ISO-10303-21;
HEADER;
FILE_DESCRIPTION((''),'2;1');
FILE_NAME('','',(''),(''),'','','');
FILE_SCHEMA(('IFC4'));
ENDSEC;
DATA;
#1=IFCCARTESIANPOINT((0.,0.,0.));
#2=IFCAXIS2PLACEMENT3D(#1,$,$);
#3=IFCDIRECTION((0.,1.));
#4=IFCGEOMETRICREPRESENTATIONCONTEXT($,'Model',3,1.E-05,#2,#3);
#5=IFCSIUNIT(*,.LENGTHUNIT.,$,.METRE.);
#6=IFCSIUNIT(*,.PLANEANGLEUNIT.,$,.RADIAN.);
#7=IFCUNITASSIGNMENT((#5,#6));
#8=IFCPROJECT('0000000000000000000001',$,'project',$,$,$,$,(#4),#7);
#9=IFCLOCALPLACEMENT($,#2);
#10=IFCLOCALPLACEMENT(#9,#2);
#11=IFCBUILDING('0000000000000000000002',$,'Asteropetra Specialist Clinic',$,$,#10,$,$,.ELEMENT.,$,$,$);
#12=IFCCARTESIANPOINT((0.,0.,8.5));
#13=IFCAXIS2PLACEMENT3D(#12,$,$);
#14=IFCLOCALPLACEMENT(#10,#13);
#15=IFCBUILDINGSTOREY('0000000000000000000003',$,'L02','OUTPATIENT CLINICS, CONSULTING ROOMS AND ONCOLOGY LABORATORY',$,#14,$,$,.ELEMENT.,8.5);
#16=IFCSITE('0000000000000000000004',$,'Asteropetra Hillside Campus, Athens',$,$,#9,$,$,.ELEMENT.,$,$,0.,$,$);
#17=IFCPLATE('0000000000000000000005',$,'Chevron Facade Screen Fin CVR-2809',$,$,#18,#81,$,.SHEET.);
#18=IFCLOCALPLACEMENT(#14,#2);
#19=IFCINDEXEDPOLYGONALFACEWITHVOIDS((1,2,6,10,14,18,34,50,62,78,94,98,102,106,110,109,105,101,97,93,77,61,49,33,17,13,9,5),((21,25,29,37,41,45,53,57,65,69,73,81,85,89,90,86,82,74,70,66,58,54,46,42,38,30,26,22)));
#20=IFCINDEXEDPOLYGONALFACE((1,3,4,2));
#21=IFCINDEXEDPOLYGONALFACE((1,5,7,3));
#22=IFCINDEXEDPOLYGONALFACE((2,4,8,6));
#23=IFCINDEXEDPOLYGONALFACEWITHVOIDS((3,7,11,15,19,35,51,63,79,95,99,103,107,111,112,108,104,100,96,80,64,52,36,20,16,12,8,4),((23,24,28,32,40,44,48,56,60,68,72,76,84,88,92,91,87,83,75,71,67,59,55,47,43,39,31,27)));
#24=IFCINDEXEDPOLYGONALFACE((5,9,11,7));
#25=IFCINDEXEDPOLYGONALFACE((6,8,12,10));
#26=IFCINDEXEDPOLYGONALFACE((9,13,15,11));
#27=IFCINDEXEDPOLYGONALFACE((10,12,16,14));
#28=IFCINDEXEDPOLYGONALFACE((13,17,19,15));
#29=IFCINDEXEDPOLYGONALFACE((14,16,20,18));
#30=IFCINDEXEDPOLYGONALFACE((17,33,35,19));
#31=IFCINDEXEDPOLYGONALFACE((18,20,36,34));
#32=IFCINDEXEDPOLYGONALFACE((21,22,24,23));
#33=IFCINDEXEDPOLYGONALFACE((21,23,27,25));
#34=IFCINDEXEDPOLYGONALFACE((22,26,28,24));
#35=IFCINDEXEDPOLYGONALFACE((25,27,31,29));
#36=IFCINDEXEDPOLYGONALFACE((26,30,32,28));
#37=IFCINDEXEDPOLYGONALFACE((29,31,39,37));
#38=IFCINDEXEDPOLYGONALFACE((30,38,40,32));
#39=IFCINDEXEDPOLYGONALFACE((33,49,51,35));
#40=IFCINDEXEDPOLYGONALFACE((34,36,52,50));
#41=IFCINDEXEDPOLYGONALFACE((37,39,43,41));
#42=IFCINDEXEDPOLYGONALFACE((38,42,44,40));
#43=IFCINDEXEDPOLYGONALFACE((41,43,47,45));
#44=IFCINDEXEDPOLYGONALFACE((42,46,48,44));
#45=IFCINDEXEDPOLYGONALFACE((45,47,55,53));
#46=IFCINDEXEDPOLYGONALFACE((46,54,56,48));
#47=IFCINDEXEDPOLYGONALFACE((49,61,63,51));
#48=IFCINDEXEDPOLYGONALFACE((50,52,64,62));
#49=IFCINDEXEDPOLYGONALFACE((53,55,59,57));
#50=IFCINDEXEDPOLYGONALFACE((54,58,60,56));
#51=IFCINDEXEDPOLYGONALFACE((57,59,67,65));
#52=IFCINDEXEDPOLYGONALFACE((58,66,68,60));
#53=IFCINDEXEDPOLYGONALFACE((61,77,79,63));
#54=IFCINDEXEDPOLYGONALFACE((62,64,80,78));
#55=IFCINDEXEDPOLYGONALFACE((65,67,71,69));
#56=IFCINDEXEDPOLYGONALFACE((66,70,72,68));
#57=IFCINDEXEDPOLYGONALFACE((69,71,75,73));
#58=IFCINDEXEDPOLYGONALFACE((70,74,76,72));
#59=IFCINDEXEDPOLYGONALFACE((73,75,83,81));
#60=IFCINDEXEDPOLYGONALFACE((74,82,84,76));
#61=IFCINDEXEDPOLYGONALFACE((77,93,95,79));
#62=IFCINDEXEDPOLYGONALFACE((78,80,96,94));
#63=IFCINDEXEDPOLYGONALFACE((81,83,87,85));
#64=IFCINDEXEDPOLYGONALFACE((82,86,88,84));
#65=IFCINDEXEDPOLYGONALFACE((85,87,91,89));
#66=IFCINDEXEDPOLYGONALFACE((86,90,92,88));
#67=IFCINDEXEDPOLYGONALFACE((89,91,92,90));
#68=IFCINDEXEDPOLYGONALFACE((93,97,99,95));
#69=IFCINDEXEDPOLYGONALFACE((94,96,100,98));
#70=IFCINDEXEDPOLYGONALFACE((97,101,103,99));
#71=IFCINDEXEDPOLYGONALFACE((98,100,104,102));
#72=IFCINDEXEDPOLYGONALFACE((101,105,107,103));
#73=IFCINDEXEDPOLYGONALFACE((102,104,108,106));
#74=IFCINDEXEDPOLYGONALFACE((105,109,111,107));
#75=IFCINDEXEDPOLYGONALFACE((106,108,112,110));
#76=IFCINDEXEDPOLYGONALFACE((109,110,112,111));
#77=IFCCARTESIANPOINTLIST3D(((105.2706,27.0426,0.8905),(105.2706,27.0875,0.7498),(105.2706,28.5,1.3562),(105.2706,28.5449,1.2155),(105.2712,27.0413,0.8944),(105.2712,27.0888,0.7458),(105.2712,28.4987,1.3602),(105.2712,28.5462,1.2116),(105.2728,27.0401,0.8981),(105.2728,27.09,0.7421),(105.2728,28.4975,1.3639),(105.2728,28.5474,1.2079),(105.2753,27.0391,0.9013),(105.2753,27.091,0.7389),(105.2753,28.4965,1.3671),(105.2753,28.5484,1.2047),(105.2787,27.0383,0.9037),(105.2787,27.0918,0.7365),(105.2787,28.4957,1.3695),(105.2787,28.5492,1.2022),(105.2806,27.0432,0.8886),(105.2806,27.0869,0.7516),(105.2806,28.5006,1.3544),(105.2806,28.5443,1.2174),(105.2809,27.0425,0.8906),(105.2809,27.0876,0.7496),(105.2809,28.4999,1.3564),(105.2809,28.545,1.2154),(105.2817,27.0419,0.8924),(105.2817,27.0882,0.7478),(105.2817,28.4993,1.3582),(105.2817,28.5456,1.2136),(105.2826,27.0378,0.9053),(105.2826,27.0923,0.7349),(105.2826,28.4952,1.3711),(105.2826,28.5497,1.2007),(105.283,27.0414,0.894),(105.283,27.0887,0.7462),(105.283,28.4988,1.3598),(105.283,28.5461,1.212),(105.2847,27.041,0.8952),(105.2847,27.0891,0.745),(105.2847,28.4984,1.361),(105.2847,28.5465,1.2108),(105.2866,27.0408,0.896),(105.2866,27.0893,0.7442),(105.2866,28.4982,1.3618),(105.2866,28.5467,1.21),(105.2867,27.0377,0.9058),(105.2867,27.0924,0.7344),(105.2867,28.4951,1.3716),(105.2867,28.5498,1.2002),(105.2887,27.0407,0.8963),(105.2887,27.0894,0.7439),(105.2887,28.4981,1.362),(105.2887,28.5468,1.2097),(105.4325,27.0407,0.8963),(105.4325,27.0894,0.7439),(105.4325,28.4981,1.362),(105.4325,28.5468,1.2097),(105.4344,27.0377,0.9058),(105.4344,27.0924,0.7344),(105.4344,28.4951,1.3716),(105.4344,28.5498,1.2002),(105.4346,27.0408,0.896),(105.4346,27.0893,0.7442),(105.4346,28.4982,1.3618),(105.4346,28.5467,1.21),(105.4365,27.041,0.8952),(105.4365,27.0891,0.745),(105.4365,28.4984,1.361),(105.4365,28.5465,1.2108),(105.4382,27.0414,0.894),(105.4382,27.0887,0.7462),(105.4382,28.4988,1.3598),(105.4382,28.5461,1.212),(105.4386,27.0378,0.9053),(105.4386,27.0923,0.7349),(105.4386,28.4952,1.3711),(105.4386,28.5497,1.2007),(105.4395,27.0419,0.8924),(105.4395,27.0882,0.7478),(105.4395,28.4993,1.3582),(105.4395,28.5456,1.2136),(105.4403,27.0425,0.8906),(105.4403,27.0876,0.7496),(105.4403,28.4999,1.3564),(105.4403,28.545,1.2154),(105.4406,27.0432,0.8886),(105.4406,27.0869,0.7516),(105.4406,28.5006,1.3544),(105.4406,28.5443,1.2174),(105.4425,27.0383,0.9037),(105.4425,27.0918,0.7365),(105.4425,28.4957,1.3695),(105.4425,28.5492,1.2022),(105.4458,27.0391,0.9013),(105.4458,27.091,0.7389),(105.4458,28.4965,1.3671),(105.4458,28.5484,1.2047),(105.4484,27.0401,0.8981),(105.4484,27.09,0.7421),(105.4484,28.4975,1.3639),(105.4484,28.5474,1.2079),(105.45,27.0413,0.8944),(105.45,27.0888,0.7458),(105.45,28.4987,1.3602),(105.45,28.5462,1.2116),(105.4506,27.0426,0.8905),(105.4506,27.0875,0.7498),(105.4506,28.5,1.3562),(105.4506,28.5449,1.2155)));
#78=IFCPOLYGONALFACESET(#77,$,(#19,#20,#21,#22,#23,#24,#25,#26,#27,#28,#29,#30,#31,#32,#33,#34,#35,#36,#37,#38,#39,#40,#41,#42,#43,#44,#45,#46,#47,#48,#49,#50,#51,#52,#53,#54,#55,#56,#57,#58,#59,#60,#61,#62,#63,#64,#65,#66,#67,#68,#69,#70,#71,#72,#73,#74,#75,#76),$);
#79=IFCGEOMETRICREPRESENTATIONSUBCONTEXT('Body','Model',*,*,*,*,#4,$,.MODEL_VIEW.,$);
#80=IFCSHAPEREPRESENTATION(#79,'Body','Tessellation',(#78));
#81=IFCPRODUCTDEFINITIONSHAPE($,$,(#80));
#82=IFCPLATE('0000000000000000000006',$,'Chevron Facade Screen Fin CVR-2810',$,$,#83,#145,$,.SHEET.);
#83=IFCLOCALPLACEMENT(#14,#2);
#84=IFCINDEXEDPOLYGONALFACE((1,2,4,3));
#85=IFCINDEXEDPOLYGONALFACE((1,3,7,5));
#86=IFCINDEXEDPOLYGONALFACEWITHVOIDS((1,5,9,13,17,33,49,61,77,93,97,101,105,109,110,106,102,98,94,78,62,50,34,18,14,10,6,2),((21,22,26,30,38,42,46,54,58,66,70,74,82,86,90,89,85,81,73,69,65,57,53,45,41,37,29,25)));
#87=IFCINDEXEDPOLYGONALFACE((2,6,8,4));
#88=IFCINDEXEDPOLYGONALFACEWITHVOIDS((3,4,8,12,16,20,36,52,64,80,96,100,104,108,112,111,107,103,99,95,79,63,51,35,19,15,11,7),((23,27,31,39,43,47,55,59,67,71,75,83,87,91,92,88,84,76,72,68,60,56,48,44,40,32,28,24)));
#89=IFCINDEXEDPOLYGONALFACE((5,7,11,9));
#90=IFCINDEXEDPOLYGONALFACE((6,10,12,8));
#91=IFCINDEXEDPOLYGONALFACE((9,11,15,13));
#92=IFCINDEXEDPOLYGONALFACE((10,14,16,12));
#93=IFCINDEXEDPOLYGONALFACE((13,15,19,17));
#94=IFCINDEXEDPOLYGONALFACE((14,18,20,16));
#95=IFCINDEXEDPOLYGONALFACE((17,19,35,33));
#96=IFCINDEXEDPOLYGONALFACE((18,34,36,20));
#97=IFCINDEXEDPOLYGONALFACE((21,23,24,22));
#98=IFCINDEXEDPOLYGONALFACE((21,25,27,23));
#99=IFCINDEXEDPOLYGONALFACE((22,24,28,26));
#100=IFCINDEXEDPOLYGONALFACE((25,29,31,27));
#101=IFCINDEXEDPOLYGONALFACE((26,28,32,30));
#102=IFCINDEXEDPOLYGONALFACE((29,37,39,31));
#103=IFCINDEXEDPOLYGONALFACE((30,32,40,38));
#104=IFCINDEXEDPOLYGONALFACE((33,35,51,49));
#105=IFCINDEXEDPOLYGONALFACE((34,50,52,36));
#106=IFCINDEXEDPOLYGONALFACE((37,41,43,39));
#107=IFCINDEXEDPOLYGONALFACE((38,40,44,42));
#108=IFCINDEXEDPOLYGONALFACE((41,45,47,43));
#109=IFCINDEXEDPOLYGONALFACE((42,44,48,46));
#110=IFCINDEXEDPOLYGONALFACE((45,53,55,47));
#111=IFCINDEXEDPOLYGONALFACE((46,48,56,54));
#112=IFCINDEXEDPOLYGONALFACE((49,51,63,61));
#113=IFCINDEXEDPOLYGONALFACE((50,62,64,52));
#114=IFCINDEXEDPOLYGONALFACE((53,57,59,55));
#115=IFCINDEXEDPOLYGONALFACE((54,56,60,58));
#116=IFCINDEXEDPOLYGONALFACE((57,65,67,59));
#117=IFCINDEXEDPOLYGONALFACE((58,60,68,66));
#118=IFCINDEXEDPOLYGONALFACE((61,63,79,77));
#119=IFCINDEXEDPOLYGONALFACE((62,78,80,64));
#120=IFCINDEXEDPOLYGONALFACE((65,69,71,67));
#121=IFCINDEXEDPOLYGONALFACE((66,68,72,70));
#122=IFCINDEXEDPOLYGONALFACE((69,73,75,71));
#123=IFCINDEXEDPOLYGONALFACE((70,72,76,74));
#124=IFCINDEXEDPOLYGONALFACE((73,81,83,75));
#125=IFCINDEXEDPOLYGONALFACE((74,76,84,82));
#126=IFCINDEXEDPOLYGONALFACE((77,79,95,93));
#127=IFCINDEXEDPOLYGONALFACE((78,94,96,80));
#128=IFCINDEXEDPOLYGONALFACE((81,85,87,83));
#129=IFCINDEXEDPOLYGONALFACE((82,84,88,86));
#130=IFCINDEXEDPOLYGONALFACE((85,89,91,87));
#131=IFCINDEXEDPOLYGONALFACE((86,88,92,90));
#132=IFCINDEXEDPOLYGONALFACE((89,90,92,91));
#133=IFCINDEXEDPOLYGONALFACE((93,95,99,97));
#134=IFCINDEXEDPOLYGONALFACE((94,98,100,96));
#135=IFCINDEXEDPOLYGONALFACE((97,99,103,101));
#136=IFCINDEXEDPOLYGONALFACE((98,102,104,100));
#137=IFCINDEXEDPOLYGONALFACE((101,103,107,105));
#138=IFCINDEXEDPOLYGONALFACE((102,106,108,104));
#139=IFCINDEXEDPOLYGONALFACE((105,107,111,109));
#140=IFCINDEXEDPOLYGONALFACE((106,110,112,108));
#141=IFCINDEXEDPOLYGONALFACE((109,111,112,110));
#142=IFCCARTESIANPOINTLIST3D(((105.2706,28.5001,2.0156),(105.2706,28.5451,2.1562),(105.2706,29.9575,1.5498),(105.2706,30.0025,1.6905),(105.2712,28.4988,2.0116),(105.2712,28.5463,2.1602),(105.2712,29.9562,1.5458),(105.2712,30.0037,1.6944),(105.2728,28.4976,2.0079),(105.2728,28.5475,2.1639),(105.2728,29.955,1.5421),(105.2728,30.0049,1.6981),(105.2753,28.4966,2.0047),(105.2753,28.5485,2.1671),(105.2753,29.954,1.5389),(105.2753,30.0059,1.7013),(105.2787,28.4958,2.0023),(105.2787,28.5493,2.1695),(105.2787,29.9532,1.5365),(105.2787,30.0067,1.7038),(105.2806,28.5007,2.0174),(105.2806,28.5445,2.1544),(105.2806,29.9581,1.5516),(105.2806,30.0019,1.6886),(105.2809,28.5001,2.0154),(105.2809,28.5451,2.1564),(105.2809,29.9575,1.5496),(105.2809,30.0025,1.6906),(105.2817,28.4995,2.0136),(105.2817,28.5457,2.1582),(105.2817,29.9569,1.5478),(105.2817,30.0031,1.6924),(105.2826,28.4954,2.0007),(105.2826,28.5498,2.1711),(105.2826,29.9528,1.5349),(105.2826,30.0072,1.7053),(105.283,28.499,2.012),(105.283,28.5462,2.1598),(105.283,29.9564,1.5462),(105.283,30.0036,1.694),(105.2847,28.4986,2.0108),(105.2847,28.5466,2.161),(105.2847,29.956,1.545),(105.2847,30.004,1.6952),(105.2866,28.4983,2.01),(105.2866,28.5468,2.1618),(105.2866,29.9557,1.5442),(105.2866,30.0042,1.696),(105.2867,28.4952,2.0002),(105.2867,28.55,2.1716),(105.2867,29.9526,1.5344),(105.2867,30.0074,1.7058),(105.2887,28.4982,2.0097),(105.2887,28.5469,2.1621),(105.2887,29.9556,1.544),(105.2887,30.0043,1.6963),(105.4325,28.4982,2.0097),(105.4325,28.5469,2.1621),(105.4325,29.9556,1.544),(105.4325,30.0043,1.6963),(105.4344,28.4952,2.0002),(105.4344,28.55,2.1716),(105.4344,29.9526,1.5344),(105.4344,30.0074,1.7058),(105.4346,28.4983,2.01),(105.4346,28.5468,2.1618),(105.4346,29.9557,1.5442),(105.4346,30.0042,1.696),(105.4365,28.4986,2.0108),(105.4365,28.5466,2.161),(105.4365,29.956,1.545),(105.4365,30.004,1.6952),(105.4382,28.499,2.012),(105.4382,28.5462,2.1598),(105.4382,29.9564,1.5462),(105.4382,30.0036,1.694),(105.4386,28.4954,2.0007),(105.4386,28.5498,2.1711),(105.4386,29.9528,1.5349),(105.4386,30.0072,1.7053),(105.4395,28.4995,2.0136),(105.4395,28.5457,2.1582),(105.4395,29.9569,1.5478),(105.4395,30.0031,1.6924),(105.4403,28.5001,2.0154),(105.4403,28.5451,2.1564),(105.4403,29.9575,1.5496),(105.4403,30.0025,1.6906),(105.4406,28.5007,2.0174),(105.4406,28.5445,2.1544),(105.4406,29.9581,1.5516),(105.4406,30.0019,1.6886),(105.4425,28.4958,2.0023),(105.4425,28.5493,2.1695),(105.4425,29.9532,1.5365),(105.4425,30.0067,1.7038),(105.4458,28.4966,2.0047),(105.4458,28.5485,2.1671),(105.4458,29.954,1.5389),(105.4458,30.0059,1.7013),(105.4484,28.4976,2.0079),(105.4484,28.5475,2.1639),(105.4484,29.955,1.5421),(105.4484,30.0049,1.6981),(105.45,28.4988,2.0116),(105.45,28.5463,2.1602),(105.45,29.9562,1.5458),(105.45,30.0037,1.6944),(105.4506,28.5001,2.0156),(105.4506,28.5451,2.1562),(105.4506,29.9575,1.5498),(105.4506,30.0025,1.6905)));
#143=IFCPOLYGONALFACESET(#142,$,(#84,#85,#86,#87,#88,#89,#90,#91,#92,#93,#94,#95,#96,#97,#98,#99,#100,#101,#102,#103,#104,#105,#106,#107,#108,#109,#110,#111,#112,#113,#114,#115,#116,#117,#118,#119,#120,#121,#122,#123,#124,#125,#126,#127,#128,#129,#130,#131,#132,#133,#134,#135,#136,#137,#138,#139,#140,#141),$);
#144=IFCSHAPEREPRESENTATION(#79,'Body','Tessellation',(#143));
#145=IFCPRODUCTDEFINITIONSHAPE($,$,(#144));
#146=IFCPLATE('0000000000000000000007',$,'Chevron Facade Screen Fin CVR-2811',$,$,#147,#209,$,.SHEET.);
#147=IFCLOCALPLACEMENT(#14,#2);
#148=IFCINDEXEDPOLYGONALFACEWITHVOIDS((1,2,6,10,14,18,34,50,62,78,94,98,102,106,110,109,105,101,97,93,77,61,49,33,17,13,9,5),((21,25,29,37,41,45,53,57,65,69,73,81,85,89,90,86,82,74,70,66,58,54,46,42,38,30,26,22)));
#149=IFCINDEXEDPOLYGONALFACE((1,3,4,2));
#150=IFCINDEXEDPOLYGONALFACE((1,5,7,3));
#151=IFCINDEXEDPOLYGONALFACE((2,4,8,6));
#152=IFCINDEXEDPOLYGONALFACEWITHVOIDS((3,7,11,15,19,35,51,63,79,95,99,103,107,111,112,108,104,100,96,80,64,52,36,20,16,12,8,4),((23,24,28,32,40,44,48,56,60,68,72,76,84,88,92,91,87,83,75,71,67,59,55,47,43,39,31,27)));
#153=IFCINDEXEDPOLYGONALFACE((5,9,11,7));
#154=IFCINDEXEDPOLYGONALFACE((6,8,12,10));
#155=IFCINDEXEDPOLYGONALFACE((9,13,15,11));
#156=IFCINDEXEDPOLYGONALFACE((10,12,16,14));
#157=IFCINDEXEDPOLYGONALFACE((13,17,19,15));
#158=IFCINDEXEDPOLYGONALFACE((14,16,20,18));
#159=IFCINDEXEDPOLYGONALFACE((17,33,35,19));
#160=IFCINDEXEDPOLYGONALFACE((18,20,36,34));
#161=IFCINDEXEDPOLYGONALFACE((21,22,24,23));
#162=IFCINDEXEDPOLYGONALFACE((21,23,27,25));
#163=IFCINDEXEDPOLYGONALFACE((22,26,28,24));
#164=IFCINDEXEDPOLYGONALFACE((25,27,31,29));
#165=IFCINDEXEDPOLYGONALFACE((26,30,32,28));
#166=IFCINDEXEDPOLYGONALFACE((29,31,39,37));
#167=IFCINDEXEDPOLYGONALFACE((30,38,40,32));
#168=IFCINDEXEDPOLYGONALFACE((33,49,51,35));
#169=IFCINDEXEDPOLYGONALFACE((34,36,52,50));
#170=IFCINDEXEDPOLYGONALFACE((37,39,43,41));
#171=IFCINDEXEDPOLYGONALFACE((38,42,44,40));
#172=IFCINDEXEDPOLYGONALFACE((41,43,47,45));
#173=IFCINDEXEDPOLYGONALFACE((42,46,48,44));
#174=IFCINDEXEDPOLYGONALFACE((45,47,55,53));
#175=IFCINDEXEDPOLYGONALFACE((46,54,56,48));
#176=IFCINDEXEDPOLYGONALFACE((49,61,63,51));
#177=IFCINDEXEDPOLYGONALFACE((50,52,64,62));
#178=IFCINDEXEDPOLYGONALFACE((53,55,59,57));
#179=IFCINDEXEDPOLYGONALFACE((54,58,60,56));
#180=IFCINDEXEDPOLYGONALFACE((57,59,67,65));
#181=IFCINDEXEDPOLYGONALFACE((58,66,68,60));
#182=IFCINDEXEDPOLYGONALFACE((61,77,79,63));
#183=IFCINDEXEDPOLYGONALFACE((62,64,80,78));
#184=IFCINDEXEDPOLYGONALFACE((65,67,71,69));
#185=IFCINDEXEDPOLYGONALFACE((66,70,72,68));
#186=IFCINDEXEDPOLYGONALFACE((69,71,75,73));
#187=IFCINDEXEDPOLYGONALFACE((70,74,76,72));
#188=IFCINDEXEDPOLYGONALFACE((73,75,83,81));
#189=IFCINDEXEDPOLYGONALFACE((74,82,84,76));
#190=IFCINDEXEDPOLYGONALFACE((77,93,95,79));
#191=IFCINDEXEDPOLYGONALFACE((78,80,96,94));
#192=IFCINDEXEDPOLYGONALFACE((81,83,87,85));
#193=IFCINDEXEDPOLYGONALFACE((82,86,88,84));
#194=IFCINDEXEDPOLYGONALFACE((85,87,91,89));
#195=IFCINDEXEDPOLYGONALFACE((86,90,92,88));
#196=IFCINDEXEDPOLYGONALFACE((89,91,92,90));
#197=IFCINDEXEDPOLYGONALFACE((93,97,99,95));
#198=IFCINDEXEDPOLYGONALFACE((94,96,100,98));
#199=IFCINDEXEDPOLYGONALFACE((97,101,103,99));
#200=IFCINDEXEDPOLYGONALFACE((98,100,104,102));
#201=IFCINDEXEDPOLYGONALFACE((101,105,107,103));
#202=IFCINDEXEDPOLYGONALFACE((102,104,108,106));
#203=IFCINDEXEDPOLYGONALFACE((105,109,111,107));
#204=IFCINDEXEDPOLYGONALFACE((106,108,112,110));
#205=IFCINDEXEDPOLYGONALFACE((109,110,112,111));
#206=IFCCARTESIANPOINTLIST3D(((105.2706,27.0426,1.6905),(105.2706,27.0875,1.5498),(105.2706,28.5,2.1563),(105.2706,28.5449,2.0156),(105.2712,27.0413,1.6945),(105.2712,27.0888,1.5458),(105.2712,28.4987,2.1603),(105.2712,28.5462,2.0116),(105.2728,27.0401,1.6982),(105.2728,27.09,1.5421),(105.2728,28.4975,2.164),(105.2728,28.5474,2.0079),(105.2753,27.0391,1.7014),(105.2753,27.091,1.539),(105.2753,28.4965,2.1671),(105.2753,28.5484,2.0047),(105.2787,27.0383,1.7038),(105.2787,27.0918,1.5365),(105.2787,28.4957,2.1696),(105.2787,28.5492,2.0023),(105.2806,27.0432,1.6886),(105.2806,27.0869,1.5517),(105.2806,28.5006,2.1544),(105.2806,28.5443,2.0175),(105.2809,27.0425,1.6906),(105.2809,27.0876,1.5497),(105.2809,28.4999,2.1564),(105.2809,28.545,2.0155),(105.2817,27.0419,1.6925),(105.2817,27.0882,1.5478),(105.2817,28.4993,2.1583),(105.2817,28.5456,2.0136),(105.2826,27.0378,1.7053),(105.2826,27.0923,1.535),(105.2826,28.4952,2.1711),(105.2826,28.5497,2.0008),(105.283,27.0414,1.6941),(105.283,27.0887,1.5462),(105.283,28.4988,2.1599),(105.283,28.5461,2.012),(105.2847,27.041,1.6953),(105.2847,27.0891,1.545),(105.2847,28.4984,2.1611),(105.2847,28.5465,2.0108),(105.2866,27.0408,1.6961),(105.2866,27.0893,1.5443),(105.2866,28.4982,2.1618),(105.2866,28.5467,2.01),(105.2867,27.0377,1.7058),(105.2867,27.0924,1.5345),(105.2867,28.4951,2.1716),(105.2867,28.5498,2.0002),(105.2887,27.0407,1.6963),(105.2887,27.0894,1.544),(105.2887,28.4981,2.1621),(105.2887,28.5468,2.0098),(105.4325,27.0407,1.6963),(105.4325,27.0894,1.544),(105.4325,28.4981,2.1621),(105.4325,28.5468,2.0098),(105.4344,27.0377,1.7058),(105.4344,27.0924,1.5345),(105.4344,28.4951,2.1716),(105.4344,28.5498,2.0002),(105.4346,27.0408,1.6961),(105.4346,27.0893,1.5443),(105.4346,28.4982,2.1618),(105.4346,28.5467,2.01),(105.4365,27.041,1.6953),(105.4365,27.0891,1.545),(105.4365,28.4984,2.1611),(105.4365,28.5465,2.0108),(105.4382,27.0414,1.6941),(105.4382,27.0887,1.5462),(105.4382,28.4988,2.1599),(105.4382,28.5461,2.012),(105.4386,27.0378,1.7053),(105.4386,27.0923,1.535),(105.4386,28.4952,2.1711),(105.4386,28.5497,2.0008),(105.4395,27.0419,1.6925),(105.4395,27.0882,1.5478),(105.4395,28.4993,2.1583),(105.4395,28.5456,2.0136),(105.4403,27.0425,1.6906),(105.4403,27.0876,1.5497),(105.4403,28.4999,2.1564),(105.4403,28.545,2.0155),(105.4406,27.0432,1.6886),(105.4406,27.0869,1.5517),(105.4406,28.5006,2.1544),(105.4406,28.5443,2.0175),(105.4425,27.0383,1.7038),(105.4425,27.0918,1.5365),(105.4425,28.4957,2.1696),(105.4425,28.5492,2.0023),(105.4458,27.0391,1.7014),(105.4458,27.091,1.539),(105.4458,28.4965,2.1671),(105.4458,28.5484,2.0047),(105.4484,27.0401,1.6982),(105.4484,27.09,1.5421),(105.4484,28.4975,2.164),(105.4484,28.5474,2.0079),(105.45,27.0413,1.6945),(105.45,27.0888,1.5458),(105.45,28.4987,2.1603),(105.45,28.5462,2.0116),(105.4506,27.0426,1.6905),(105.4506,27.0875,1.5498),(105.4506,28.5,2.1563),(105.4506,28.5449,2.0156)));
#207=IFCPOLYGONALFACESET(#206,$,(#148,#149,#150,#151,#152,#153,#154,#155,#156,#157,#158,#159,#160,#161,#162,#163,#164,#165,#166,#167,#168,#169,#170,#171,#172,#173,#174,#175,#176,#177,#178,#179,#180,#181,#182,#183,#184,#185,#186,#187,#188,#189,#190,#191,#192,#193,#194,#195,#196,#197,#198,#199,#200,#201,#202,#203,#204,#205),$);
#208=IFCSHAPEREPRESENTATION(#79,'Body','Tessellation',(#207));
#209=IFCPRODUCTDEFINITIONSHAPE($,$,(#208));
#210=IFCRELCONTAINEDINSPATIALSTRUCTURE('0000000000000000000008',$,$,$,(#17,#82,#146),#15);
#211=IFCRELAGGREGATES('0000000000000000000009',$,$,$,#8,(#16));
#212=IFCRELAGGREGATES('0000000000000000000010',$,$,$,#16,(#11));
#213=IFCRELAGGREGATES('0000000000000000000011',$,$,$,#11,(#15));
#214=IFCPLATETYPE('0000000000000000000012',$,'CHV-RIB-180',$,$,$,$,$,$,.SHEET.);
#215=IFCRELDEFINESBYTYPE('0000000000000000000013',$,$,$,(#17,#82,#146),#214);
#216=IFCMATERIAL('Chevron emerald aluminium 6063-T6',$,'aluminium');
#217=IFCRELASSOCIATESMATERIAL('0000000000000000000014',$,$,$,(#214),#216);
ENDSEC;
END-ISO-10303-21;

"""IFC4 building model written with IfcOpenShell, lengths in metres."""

from ifc_helpers import new_model, si_unit, direction, frame, origin, origin_2d, place, context, subcontext, project, spatial, hollow_rectangle, extrude, material, material_profile, profile_set, type_object, element, save


model = new_model("IFC4")

# Units and contexts
model_context = context("Model", 3, precision=1e-05, world=origin(), true_north=direction((0.0, 1.0)))
body_context = subcontext(model_context, "Body", "Model", "MODEL_VIEW")
ifc_project = project(units=[si_unit("LENGTHUNIT", "METRE"), si_unit("PLANEANGLEUNIT", "RADIAN")], contexts=[model_context])

# Site, building, storey
site_placement = place(None, origin())
site = spatial("IfcSite", under=ifc_project, at=site_placement, Name="Asteropetra Hillside Campus, Athens", CompositionType="ELEMENT", RefElevation=0.0)
building_placement = place(site_placement, origin())
building = spatial("IfcBuilding", under=site, at=building_placement, Name="Asteropetra Specialist Clinic", CompositionType="ELEMENT")
storey_placement = place(building_placement, frame((0.0, 0.0, 8.5)))
storey = spatial("IfcBuildingStorey", under=building, at=storey_placement, Name="L02", Description="OUTPATIENT CLINICS, CONSULTING ROOMS AND ONCOLOGY LABORATORY", CompositionType="ELEMENT", Elevation=8.5)

# Plates
ifc_material_1 = material(Name="Chevron emerald aluminium 6063-T6", Category="aluminium")
ifc_material_profile = material_profile(ifc_material_1, hollow_rectangle(XDim=0.1799, YDim=0.1799, WallThickness=0.01, InnerFilletRadius=0.0081, OuterFilletRadius=0.0161, at=origin_2d()), Name="SHS 180x180x10.0")
ifc_profile_set = profile_set([ifc_material_profile], Name="Chevron emerald aluminium 6063-T6")
plate_type = type_object("IfcPlateType", Name="CHV-RIB-180", PredefinedType="SHEET", material=ifc_profile_set)
for number, where, z_axis, x_axis, name in (
    (1, (105.3606, 28.5225, 1.2859), (0.0, -0.952535, -0.304428), (1.0, 0.0, 0.0), "Chevron Facade Screen Fin CVR-2809"),
    (2, (105.3606, 29.98, 1.6201), (0.0, -0.952535, 0.304428), (1.0, 0.0, 0.0), "Chevron Facade Screen Fin CVR-2810"),
    (3, (105.3606, 28.5225, 2.0859), (0.0, -0.952535, -0.304428), (1.0, 0.0, 0.0), "Chevron Facade Screen Fin CVR-2811"),
):
    element("IfcPlate", number, at=place(storey_placement, frame(where, z_axis=z_axis, x_axis=x_axis)), inside=storey, type_object=plate_type, Name=name, PredefinedType="SHEET", context=body_context, shape_type="SweptSolid", body=[
        extrude(hollow_rectangle(XDim=0.1799, YDim=0.1799, WallThickness=0.01, InnerFilletRadius=0.0081, OuterFilletRadius=0.0161, at=origin_2d()), origin(), (0.0, 0.0, 1.0), 1.53),
    ])

save(model, "model.ifc")
